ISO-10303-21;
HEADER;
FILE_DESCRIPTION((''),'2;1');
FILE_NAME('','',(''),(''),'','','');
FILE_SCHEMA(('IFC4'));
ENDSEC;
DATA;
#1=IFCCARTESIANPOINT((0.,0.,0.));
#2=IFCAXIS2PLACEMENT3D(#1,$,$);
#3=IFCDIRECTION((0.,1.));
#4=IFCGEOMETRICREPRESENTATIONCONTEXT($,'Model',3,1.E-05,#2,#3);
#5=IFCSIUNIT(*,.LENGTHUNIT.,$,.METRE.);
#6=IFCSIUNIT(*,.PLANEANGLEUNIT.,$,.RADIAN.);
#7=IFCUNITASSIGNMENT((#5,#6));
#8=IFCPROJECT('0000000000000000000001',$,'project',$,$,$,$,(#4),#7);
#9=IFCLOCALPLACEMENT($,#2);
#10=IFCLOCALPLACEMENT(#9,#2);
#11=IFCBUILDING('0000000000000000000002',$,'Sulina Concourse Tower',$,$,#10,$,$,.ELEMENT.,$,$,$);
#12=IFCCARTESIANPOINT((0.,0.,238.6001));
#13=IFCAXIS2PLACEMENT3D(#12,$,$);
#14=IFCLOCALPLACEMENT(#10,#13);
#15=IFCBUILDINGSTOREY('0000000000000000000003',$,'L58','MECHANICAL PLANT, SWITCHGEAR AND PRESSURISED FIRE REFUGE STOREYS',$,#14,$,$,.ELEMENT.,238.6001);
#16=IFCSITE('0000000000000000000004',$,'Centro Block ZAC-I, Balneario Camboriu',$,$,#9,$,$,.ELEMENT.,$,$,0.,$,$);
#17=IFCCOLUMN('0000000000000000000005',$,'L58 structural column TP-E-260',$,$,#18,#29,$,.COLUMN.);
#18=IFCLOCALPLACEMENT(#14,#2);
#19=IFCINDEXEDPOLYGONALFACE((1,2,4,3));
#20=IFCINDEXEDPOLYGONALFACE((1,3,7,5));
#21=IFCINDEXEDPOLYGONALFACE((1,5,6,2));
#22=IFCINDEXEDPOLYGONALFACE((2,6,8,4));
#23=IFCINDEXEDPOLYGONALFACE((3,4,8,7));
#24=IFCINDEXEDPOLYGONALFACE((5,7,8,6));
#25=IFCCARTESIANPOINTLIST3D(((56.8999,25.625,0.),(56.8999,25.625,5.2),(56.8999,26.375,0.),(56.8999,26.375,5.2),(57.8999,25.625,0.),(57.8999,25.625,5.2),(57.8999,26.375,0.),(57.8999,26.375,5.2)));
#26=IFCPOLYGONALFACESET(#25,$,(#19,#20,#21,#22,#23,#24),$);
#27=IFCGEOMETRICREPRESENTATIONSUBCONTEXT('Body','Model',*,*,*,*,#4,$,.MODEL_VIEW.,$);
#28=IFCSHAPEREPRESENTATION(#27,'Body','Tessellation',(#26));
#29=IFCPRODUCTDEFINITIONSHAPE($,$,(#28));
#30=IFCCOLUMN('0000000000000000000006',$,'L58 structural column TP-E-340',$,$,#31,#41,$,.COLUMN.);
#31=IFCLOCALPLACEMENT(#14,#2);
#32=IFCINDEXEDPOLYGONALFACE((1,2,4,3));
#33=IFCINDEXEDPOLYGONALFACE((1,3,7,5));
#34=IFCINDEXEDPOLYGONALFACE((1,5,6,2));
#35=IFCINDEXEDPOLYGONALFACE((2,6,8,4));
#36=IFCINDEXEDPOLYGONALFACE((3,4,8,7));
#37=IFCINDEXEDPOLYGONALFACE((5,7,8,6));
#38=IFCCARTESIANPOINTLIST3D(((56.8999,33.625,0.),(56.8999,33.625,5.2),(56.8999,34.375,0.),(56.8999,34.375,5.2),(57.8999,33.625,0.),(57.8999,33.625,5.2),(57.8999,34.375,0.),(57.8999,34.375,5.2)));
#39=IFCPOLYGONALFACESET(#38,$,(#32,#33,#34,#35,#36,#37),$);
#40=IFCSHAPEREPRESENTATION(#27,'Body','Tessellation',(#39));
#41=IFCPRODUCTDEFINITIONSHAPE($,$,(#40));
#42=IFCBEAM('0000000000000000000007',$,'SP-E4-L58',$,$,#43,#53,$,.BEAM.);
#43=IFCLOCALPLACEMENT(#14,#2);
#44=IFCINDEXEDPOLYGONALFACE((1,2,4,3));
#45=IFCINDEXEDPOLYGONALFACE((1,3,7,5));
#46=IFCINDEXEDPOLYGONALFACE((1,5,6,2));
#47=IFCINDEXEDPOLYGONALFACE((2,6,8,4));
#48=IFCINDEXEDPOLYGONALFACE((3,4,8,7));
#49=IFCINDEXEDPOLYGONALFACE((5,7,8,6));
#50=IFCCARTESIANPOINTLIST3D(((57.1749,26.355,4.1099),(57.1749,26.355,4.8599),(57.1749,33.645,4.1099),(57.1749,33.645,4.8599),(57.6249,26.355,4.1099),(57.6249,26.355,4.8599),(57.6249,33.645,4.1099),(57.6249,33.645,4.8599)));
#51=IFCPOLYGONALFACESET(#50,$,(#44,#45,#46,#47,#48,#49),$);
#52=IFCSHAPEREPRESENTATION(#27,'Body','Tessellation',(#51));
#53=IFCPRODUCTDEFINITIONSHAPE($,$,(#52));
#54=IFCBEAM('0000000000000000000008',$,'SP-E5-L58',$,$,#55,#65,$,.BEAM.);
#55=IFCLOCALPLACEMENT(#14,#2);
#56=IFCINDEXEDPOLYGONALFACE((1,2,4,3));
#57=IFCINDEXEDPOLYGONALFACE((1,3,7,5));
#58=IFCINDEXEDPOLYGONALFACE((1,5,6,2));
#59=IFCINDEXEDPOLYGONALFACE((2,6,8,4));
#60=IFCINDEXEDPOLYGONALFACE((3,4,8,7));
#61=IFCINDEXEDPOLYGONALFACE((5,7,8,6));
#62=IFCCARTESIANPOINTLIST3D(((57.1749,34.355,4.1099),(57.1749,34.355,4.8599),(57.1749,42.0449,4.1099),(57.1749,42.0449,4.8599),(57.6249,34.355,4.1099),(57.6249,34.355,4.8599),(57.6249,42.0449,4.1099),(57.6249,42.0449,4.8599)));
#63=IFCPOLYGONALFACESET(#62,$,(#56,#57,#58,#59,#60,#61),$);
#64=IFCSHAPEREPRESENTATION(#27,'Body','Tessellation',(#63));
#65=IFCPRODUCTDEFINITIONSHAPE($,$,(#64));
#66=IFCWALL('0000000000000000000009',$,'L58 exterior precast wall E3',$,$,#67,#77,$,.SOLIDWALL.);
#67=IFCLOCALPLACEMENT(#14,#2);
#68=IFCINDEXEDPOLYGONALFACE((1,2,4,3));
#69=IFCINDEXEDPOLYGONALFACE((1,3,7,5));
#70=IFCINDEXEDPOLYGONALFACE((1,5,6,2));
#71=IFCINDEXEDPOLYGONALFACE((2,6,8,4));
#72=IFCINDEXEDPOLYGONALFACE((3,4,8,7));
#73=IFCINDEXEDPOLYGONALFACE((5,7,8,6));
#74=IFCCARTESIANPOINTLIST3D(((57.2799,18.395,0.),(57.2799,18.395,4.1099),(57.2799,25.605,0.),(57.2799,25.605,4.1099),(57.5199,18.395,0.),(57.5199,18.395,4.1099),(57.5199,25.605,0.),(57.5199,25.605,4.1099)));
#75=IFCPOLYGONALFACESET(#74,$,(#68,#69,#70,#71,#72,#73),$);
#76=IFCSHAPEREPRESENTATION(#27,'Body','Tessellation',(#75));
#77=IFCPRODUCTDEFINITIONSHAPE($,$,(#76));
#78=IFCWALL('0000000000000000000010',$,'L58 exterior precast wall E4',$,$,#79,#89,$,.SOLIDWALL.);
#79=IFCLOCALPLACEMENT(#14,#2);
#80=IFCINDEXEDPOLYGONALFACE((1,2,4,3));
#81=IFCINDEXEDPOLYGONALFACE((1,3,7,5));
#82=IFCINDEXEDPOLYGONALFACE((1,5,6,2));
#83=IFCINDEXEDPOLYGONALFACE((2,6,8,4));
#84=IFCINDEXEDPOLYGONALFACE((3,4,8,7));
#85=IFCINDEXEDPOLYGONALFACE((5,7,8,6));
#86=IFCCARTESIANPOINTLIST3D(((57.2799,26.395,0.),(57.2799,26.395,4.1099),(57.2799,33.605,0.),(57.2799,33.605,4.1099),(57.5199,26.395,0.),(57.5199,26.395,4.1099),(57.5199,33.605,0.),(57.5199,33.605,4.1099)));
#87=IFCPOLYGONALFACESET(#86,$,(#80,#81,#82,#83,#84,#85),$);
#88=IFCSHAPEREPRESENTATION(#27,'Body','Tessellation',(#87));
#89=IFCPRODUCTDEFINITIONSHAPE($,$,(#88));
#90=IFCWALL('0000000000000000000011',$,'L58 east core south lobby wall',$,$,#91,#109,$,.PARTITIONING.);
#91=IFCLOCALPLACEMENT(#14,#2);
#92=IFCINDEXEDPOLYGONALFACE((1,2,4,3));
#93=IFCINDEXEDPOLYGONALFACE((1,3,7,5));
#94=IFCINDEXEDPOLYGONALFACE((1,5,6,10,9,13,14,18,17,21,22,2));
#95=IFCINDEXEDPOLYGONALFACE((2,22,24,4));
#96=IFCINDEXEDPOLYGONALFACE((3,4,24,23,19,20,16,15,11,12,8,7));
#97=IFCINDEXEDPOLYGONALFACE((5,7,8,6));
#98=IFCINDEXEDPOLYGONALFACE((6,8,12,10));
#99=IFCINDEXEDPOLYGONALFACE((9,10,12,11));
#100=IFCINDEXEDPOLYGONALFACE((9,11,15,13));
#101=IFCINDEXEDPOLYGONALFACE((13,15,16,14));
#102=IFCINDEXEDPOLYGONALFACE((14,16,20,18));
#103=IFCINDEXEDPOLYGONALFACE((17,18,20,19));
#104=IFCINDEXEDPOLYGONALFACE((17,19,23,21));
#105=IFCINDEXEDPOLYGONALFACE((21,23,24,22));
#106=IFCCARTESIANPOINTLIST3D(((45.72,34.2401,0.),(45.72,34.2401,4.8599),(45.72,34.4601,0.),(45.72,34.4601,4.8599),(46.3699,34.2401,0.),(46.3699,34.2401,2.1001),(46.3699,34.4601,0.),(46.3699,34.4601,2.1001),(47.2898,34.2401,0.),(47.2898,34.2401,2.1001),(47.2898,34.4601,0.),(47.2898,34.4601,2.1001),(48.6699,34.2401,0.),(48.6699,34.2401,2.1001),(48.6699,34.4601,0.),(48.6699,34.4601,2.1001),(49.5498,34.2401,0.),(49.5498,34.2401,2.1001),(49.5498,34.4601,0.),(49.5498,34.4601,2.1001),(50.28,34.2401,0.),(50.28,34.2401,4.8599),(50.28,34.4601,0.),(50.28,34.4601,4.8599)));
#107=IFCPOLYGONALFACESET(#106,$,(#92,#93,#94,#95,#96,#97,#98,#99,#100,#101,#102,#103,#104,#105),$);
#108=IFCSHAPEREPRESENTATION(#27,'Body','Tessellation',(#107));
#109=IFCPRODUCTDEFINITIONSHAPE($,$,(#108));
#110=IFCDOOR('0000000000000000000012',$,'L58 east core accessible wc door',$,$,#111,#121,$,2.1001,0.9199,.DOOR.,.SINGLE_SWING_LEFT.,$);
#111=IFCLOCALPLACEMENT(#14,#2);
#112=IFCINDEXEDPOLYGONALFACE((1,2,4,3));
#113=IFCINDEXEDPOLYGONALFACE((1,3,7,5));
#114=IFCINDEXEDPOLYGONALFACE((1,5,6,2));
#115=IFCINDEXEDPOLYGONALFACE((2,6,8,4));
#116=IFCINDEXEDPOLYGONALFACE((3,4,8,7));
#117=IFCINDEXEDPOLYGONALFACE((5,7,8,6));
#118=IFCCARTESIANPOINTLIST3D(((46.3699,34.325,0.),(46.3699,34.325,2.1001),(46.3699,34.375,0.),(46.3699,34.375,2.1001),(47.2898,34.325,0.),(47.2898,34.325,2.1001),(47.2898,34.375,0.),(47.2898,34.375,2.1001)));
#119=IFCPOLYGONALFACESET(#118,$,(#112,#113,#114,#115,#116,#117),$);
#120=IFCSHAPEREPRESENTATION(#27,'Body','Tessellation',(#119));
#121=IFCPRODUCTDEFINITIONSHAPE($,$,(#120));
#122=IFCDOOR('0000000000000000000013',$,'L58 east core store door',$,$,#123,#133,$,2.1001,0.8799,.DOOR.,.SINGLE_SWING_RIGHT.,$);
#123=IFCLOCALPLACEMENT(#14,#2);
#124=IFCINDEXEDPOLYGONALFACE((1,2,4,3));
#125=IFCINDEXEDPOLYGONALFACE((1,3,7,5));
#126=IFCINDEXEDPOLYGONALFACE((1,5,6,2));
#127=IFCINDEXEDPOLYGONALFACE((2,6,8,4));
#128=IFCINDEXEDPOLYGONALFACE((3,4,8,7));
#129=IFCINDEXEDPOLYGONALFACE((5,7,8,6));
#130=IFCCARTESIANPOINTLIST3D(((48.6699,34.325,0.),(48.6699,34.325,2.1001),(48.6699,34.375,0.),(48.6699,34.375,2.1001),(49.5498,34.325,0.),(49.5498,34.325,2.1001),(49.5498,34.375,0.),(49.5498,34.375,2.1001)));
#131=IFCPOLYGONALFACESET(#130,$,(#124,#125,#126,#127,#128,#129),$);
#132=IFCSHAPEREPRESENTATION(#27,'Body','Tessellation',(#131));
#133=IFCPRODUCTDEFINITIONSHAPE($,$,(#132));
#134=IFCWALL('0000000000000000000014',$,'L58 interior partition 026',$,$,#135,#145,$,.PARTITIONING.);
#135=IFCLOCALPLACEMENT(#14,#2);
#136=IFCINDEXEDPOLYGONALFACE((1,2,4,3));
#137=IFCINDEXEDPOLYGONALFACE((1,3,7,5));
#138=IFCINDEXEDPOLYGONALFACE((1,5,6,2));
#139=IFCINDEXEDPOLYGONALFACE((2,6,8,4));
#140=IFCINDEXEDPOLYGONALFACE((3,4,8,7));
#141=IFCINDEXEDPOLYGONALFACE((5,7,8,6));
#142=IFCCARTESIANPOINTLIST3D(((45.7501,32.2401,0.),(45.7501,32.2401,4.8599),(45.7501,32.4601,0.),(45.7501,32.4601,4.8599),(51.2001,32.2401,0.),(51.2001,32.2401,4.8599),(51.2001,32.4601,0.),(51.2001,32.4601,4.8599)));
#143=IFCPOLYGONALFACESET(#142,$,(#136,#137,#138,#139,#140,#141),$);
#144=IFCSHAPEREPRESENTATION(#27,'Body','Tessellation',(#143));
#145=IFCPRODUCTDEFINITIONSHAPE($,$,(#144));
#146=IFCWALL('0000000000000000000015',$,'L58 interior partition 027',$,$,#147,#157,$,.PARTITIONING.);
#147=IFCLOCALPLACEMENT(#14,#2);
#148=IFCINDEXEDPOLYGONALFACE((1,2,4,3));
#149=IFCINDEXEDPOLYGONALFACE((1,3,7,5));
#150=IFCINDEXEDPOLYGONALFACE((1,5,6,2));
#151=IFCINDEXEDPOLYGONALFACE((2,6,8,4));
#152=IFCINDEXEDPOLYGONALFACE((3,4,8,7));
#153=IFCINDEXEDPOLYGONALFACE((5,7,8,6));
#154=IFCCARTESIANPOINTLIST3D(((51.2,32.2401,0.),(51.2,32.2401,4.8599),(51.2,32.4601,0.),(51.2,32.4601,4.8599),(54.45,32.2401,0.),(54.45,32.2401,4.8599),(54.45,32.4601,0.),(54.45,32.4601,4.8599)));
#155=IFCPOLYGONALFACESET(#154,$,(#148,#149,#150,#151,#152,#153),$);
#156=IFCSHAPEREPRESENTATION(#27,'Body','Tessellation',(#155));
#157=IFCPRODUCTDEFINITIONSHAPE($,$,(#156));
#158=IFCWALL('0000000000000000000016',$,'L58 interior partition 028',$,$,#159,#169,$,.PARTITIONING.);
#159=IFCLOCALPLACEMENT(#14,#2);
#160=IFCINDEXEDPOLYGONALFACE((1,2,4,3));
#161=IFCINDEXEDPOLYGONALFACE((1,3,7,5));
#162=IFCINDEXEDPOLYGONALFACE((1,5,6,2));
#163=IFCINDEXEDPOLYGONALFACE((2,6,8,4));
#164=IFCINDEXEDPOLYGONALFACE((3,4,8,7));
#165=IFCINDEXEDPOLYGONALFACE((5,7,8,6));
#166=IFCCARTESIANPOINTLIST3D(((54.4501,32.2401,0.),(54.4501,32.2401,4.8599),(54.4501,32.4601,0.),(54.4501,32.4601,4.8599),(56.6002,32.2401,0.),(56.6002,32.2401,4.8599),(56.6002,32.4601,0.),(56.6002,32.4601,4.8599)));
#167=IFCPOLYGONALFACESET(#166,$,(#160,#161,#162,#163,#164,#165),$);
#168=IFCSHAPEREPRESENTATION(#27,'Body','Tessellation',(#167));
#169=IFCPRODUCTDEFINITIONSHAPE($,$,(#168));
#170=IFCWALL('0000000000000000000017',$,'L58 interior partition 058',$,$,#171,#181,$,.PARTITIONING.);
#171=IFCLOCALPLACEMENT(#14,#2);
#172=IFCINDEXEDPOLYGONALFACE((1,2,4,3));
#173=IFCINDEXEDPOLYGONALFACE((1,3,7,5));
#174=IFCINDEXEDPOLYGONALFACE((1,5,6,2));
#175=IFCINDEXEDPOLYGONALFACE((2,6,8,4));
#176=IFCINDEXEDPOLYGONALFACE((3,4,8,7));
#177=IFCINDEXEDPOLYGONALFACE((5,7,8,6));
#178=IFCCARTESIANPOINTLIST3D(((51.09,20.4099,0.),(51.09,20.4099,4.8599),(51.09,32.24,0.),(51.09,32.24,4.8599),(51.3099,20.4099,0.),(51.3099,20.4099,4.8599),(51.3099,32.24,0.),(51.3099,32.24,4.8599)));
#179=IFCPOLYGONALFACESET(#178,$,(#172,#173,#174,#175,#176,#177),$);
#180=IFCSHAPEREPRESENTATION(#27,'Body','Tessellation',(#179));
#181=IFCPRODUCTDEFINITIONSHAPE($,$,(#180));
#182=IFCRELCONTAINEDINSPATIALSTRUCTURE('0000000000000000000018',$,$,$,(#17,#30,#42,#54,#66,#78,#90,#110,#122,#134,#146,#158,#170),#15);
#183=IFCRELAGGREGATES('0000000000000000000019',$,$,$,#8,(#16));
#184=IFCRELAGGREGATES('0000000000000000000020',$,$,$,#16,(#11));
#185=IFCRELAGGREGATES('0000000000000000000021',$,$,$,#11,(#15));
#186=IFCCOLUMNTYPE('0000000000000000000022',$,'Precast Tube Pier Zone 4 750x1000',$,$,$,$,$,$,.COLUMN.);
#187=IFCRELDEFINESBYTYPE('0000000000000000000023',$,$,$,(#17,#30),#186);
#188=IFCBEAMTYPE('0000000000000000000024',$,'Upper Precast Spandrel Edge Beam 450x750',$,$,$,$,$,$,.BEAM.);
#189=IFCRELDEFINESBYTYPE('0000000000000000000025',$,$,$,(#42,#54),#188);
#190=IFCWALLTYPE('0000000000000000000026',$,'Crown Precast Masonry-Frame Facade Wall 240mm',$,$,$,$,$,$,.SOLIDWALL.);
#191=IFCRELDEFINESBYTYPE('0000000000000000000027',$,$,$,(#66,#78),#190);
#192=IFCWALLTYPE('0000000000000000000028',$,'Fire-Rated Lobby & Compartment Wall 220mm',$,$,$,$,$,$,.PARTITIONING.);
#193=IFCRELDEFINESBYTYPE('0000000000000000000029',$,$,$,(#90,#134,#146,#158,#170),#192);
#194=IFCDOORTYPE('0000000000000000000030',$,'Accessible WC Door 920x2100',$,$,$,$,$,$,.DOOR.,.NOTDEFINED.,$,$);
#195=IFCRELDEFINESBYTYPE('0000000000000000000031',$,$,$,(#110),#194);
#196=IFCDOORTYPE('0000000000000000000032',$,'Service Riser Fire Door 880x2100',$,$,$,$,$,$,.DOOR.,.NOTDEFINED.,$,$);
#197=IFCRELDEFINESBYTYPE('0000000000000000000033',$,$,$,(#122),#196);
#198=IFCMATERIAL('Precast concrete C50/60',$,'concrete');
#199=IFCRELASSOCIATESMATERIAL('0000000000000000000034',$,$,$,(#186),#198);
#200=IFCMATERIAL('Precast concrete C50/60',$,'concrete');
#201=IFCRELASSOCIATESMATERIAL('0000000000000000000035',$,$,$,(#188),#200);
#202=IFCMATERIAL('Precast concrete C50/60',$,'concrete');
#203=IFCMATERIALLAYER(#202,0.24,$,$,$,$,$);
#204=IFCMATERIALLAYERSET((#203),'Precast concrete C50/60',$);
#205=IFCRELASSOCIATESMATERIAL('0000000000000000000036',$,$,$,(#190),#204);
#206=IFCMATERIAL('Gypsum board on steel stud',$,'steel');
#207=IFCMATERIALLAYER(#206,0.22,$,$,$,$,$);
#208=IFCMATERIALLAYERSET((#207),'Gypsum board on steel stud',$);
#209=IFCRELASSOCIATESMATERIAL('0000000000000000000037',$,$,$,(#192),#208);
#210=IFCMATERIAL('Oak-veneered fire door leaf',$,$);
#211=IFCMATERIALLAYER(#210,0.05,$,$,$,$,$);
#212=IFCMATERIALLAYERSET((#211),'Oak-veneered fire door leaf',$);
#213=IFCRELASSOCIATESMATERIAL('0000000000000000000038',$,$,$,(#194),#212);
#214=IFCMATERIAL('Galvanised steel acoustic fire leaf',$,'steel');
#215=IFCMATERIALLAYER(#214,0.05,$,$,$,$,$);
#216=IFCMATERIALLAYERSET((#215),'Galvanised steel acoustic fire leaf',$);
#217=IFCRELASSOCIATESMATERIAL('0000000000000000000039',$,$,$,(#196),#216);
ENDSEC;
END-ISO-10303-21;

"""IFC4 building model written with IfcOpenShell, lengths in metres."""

from ifc_helpers import new_model, si_unit, direction, frame, frame_2d, origin, origin_2d, place, context, subcontext, project, spatial, rectangle, extrude, material, layer, layer_set, material_profile, profile_set, type_object, element, fill, save


model = new_model("IFC4")

# Units and contexts
model_context = context("Model", 3, precision=1e-05, world=origin(), true_north=direction((0.0, 1.0)))
body_context = subcontext(model_context, "Body", "Model", "MODEL_VIEW")
ifc_project = project(units=[si_unit("LENGTHUNIT", "METRE"), si_unit("PLANEANGLEUNIT", "RADIAN")], contexts=[model_context])

# Site, building, storey
site_placement = place(None, origin())
site = spatial("IfcSite", under=ifc_project, at=site_placement, Name="Centro Block ZAC-I, Balneario Camboriu", CompositionType="ELEMENT", RefElevation=0.0)
building_placement = place(site_placement, origin())
building = spatial("IfcBuilding", under=site, at=building_placement, Name="Sulina Concourse Tower", CompositionType="ELEMENT")
storey_placement = place(building_placement, frame((0.0, 0.0, 238.6001)))
storey = spatial("IfcBuildingStorey", under=building, at=storey_placement, Name="L58", Description="MECHANICAL PLANT, SWITCHGEAR AND PRESSURISED FIRE REFUGE STOREYS", CompositionType="ELEMENT", Elevation=238.6001)

# Columns
ifc_material_1 = material(Name="Precast concrete C50/60", Category="concrete")
ifc_material_profile_1 = material_profile(ifc_material_1, rectangle(XDim=0.75, YDim=1.0, at=origin_2d()), Name="PC 750x1000")
ifc_profile_set_1 = profile_set([ifc_material_profile_1], Name="Precast concrete C50/60")
column_type = type_object("IfcColumnType", Name="Precast Tube Pier Zone 4 750x1000", PredefinedType="COLUMN", material=ifc_profile_set_1)
for number, where, z_axis, x_axis, name in (
    (1, (57.3999, 26.0, 0.0), (0.0, 0.0, 1.0), (0.0, 1.0, 0.0), "L58 structural column TP-E-260"),
    (2, (57.3999, 34.0, 0.0), (0.0, 0.0, 1.0), (0.0, 1.0, 0.0), "L58 structural column TP-E-340"),
):
    element("IfcColumn", number, at=place(storey_placement, frame(where, z_axis=z_axis, x_axis=x_axis)), inside=storey, type_object=column_type, Name=name, PredefinedType="COLUMN", context=body_context, shape_type="SweptSolid", body=[
        extrude(rectangle(XDim=0.75, YDim=1.0, at=origin_2d()), origin(), (0.0, 0.0, 1.0), 5.2),
    ])

# Beams
ifc_material_2 = material(Name="Precast concrete C50/60", Category="concrete")
ifc_material_profile_2 = material_profile(ifc_material_2, rectangle(XDim=0.45, YDim=0.75, at=origin_2d()), Name="RC 450x750")
ifc_profile_set_2 = profile_set([ifc_material_profile_2], Name="Precast concrete C50/60")
beam_type = type_object("IfcBeamType", Name="Upper Precast Spandrel Edge Beam 450x750", PredefinedType="BEAM", material=ifc_profile_set_2)
beam_1_placement = place(storey_placement, frame((57.3999, 26.355, 4.4849), z_axis=(0.0, 1.0, 0.0), x_axis=(-1.0, 0.0, 0.0)))
element("IfcBeam", 3, at=beam_1_placement, inside=storey, type_object=beam_type, Name="SP-E4-L58", PredefinedType="BEAM", context=body_context, shape_type="SweptSolid", body=[
    extrude(rectangle(XDim=0.45, YDim=0.75, at=origin_2d()), origin(), (0.0, 0.0, 1.0), 7.29),
])
beam_2_placement = place(storey_placement, frame((57.3999, 34.355, 4.4849), z_axis=(0.0, 1.0, 0.0), x_axis=(-1.0, 0.0, 0.0)))
element("IfcBeam", 4, at=beam_2_placement, inside=storey, type_object=beam_type, Name="SP-E5-L58", PredefinedType="BEAM", context=body_context, shape_type="SweptSolid", body=[
    extrude(rectangle(XDim=0.45, YDim=0.75, at=origin_2d()), origin(), (0.0, 0.0, 1.0), 7.6899),
])

# Walls
ifc_material_3 = material(Name="Precast concrete C50/60", Category="concrete")
ifc_layer_1 = layer(ifc_material_3, 0.24)
ifc_layer_set_1 = layer_set([ifc_layer_1], Name="Precast concrete C50/60")
wall_type_1 = type_object("IfcWallType", Name="Crown Precast Masonry-Frame Facade Wall 240mm", PredefinedType="SOLIDWALL", material=ifc_layer_set_1)
for number, where, z_axis, x_axis, name in (
    (5, (57.3999, 25.605, 0.0), (0.0, 0.0, 1.0), (0.0, -1.0, 0.0), "L58 exterior precast wall E3"),
    (6, (57.3999, 33.605, 0.0), (0.0, 0.0, 1.0), (0.0, -1.0, 0.0), "L58 exterior precast wall E4"),
):
    element("IfcWall", number, at=place(storey_placement, frame(where, z_axis=z_axis, x_axis=x_axis)), inside=storey, type_object=wall_type_1, Name=name, PredefinedType="SOLIDWALL", context=body_context, shape_type="SweptSolid", body=[
        extrude(rectangle(XDim=7.21, YDim=0.24, at=frame_2d((3.605, 0.0))), origin(), (0.0, 0.0, 1.0), 4.1099),
    ])

# Wall, openings, doors
ifc_material_4 = material(Name="Gypsum board on steel stud", Category="steel")
ifc_layer_2 = layer(ifc_material_4, 0.22)
ifc_layer_set_2 = layer_set([ifc_layer_2], Name="Gypsum board on steel stud")
wall_type_2 = type_object("IfcWallType", Name="Fire-Rated Lobby & Compartment Wall 220mm", PredefinedType="PARTITIONING", material=ifc_layer_set_2)
wall_1_placement = place(storey_placement, frame((45.72, 34.3501, 0.0), z_axis=(0.0, 0.0, 1.0), x_axis=(1.0, 0.0, 0.0)))
wall_1 = element("IfcWall", 7, at=wall_1_placement, inside=storey, type_object=wall_type_2, Name="L58 east core south lobby wall", PredefinedType="PARTITIONING", context=body_context, shape_type="SweptSolid", body=[
    extrude(rectangle(XDim=4.5601, YDim=0.22, at=frame_2d((2.28, 0.0))), origin(), (0.0, 0.0, 1.0), 4.8599),
])
opening_1_placement = place(wall_1_placement, frame((0.6499, 0.0, 0.0)))
opening_1 = element("IfcOpeningElement", 8, at=opening_1_placement, cuts=wall_1, PredefinedType="OPENING", context=body_context, shape_type="SweptSolid", body=[
    extrude(rectangle(XDim=0.9199, YDim=2.1001, at=frame_2d((0.46, 1.05))), frame((0.0, 0.1199, 0.0), z_axis=(0.0, -1.0, 0.0), x_axis=(1.0, 0.0, 0.0)), (0.0, 0.0, 1.0), 0.24),
])
opening_2_placement = place(wall_1_placement, frame((2.95, 0.0, 0.0)))
opening_2 = element("IfcOpeningElement", 9, at=opening_2_placement, cuts=wall_1, PredefinedType="OPENING", context=body_context, shape_type="SweptSolid", body=[
    extrude(rectangle(XDim=0.8799, YDim=2.1001, at=frame_2d((0.4399, 1.05))), frame((0.0, 0.1199, 0.0), z_axis=(0.0, -1.0, 0.0), x_axis=(1.0, 0.0, 0.0)), (0.0, 0.0, 1.0), 0.24),
])
ifc_material_5 = material(Name="Oak-veneered fire door leaf")
ifc_layer_3 = layer(ifc_material_5, 0.05)
ifc_layer_set_3 = layer_set([ifc_layer_3], Name="Oak-veneered fire door leaf")
door_type_1 = type_object("IfcDoorType", Name="Accessible WC Door 920x2100", OperationType="NOTDEFINED", PredefinedType="DOOR", material=ifc_layer_set_3)
door_1_placement = place(opening_1_placement, origin())
door_1 = element("IfcDoor", 10, at=door_1_placement, inside=storey, type_object=door_type_1, Name="L58 east core accessible wc door", OperationType="SINGLE_SWING_LEFT", OverallHeight=2.1001, OverallWidth=0.9199, PredefinedType="DOOR", context=body_context, shape_type="SweptSolid", body=[
    extrude(rectangle(XDim=0.9199, YDim=2.1001, at=frame_2d((0.46, 1.05))), frame((0.0, 0.0249, 0.0), z_axis=(0.0, -1.0, 0.0), x_axis=(1.0, 0.0, 0.0)), (0.0, 0.0, 1.0), 0.05),
])
fill(opening_1, door_1)
ifc_material_6 = material(Name="Galvanised steel acoustic fire leaf", Category="steel")
ifc_layer_4 = layer(ifc_material_6, 0.05)
ifc_layer_set_4 = layer_set([ifc_layer_4], Name="Galvanised steel acoustic fire leaf")
door_type_2 = type_object("IfcDoorType", Name="Service Riser Fire Door 880x2100", OperationType="NOTDEFINED", PredefinedType="DOOR", material=ifc_layer_set_4)
door_2_placement = place(opening_2_placement, origin())
door_2 = element("IfcDoor", 11, at=door_2_placement, inside=storey, type_object=door_type_2, Name="L58 east core store door", OperationType="SINGLE_SWING_RIGHT", OverallHeight=2.1001, OverallWidth=0.8799, PredefinedType="DOOR", context=body_context, shape_type="SweptSolid", body=[
    extrude(rectangle(XDim=0.8799, YDim=2.1001, at=frame_2d((0.4399, 1.05))), frame((0.0, 0.0249, 0.0), z_axis=(0.0, -1.0, 0.0), x_axis=(1.0, 0.0, 0.0)), (0.0, 0.0, 1.0), 0.05),
])
fill(opening_2, door_2)

# Walls
wall_2_placement = place(storey_placement, frame((45.75, 32.3501, 0.0), z_axis=(0.0, 0.0, 1.0), x_axis=(1.0, 0.0, 0.0)))
element("IfcWall", 12, at=wall_2_placement, inside=storey, type_object=wall_type_2, Name="L58 interior partition 026", PredefinedType="PARTITIONING", context=body_context, shape_type="SweptSolid", body=[
    extrude(rectangle(XDim=5.45, YDim=0.22, at=frame_2d((2.7251, 0.0))), origin(), (0.0, 0.0, 1.0), 4.8599),
])
wall_3_placement = place(storey_placement, frame((51.2, 32.3501, 0.0), z_axis=(0.0, 0.0, 1.0), x_axis=(1.0, 0.0, 0.0)))
element("IfcWall", 13, at=wall_3_placement, inside=storey, type_object=wall_type_2, Name="L58 interior partition 027", PredefinedType="PARTITIONING", context=body_context, shape_type="SweptSolid", body=[
    extrude(rectangle(XDim=3.25, YDim=0.22, at=frame_2d((1.625, 0.0))), origin(), (0.0, 0.0, 1.0), 4.8599),
])
wall_4_placement = place(storey_placement, frame((54.45, 32.3501, 0.0), z_axis=(0.0, 0.0, 1.0), x_axis=(1.0, 0.0, 0.0)))
element("IfcWall", 14, at=wall_4_placement, inside=storey, type_object=wall_type_2, Name="L58 interior partition 028", PredefinedType="PARTITIONING", context=body_context, shape_type="SweptSolid", body=[
    extrude(rectangle(XDim=2.1501, YDim=0.22, at=frame_2d((1.0752, 0.0))), origin(), (0.0, 0.0, 1.0), 4.8599),
])
for number, where, z_axis, x_axis, name in (
    (15, (51.2, 20.4099, 0.0), (0.0, 0.0, 1.0), (0.0, 1.0, 0.0), "L58 interior partition 058"),
):
    element("IfcWall", number, at=place(storey_placement, frame(where, z_axis=z_axis, x_axis=x_axis)), inside=storey, type_object=wall_type_2, Name=name, PredefinedType="PARTITIONING", context=body_context, shape_type="SweptSolid", body=[
        extrude(rectangle(XDim=11.8301, YDim=0.22, at=frame_2d((5.915, 0.0))), origin(), (0.0, 0.0, 1.0), 4.8599),
    ])

save(model, "model.ifc")
